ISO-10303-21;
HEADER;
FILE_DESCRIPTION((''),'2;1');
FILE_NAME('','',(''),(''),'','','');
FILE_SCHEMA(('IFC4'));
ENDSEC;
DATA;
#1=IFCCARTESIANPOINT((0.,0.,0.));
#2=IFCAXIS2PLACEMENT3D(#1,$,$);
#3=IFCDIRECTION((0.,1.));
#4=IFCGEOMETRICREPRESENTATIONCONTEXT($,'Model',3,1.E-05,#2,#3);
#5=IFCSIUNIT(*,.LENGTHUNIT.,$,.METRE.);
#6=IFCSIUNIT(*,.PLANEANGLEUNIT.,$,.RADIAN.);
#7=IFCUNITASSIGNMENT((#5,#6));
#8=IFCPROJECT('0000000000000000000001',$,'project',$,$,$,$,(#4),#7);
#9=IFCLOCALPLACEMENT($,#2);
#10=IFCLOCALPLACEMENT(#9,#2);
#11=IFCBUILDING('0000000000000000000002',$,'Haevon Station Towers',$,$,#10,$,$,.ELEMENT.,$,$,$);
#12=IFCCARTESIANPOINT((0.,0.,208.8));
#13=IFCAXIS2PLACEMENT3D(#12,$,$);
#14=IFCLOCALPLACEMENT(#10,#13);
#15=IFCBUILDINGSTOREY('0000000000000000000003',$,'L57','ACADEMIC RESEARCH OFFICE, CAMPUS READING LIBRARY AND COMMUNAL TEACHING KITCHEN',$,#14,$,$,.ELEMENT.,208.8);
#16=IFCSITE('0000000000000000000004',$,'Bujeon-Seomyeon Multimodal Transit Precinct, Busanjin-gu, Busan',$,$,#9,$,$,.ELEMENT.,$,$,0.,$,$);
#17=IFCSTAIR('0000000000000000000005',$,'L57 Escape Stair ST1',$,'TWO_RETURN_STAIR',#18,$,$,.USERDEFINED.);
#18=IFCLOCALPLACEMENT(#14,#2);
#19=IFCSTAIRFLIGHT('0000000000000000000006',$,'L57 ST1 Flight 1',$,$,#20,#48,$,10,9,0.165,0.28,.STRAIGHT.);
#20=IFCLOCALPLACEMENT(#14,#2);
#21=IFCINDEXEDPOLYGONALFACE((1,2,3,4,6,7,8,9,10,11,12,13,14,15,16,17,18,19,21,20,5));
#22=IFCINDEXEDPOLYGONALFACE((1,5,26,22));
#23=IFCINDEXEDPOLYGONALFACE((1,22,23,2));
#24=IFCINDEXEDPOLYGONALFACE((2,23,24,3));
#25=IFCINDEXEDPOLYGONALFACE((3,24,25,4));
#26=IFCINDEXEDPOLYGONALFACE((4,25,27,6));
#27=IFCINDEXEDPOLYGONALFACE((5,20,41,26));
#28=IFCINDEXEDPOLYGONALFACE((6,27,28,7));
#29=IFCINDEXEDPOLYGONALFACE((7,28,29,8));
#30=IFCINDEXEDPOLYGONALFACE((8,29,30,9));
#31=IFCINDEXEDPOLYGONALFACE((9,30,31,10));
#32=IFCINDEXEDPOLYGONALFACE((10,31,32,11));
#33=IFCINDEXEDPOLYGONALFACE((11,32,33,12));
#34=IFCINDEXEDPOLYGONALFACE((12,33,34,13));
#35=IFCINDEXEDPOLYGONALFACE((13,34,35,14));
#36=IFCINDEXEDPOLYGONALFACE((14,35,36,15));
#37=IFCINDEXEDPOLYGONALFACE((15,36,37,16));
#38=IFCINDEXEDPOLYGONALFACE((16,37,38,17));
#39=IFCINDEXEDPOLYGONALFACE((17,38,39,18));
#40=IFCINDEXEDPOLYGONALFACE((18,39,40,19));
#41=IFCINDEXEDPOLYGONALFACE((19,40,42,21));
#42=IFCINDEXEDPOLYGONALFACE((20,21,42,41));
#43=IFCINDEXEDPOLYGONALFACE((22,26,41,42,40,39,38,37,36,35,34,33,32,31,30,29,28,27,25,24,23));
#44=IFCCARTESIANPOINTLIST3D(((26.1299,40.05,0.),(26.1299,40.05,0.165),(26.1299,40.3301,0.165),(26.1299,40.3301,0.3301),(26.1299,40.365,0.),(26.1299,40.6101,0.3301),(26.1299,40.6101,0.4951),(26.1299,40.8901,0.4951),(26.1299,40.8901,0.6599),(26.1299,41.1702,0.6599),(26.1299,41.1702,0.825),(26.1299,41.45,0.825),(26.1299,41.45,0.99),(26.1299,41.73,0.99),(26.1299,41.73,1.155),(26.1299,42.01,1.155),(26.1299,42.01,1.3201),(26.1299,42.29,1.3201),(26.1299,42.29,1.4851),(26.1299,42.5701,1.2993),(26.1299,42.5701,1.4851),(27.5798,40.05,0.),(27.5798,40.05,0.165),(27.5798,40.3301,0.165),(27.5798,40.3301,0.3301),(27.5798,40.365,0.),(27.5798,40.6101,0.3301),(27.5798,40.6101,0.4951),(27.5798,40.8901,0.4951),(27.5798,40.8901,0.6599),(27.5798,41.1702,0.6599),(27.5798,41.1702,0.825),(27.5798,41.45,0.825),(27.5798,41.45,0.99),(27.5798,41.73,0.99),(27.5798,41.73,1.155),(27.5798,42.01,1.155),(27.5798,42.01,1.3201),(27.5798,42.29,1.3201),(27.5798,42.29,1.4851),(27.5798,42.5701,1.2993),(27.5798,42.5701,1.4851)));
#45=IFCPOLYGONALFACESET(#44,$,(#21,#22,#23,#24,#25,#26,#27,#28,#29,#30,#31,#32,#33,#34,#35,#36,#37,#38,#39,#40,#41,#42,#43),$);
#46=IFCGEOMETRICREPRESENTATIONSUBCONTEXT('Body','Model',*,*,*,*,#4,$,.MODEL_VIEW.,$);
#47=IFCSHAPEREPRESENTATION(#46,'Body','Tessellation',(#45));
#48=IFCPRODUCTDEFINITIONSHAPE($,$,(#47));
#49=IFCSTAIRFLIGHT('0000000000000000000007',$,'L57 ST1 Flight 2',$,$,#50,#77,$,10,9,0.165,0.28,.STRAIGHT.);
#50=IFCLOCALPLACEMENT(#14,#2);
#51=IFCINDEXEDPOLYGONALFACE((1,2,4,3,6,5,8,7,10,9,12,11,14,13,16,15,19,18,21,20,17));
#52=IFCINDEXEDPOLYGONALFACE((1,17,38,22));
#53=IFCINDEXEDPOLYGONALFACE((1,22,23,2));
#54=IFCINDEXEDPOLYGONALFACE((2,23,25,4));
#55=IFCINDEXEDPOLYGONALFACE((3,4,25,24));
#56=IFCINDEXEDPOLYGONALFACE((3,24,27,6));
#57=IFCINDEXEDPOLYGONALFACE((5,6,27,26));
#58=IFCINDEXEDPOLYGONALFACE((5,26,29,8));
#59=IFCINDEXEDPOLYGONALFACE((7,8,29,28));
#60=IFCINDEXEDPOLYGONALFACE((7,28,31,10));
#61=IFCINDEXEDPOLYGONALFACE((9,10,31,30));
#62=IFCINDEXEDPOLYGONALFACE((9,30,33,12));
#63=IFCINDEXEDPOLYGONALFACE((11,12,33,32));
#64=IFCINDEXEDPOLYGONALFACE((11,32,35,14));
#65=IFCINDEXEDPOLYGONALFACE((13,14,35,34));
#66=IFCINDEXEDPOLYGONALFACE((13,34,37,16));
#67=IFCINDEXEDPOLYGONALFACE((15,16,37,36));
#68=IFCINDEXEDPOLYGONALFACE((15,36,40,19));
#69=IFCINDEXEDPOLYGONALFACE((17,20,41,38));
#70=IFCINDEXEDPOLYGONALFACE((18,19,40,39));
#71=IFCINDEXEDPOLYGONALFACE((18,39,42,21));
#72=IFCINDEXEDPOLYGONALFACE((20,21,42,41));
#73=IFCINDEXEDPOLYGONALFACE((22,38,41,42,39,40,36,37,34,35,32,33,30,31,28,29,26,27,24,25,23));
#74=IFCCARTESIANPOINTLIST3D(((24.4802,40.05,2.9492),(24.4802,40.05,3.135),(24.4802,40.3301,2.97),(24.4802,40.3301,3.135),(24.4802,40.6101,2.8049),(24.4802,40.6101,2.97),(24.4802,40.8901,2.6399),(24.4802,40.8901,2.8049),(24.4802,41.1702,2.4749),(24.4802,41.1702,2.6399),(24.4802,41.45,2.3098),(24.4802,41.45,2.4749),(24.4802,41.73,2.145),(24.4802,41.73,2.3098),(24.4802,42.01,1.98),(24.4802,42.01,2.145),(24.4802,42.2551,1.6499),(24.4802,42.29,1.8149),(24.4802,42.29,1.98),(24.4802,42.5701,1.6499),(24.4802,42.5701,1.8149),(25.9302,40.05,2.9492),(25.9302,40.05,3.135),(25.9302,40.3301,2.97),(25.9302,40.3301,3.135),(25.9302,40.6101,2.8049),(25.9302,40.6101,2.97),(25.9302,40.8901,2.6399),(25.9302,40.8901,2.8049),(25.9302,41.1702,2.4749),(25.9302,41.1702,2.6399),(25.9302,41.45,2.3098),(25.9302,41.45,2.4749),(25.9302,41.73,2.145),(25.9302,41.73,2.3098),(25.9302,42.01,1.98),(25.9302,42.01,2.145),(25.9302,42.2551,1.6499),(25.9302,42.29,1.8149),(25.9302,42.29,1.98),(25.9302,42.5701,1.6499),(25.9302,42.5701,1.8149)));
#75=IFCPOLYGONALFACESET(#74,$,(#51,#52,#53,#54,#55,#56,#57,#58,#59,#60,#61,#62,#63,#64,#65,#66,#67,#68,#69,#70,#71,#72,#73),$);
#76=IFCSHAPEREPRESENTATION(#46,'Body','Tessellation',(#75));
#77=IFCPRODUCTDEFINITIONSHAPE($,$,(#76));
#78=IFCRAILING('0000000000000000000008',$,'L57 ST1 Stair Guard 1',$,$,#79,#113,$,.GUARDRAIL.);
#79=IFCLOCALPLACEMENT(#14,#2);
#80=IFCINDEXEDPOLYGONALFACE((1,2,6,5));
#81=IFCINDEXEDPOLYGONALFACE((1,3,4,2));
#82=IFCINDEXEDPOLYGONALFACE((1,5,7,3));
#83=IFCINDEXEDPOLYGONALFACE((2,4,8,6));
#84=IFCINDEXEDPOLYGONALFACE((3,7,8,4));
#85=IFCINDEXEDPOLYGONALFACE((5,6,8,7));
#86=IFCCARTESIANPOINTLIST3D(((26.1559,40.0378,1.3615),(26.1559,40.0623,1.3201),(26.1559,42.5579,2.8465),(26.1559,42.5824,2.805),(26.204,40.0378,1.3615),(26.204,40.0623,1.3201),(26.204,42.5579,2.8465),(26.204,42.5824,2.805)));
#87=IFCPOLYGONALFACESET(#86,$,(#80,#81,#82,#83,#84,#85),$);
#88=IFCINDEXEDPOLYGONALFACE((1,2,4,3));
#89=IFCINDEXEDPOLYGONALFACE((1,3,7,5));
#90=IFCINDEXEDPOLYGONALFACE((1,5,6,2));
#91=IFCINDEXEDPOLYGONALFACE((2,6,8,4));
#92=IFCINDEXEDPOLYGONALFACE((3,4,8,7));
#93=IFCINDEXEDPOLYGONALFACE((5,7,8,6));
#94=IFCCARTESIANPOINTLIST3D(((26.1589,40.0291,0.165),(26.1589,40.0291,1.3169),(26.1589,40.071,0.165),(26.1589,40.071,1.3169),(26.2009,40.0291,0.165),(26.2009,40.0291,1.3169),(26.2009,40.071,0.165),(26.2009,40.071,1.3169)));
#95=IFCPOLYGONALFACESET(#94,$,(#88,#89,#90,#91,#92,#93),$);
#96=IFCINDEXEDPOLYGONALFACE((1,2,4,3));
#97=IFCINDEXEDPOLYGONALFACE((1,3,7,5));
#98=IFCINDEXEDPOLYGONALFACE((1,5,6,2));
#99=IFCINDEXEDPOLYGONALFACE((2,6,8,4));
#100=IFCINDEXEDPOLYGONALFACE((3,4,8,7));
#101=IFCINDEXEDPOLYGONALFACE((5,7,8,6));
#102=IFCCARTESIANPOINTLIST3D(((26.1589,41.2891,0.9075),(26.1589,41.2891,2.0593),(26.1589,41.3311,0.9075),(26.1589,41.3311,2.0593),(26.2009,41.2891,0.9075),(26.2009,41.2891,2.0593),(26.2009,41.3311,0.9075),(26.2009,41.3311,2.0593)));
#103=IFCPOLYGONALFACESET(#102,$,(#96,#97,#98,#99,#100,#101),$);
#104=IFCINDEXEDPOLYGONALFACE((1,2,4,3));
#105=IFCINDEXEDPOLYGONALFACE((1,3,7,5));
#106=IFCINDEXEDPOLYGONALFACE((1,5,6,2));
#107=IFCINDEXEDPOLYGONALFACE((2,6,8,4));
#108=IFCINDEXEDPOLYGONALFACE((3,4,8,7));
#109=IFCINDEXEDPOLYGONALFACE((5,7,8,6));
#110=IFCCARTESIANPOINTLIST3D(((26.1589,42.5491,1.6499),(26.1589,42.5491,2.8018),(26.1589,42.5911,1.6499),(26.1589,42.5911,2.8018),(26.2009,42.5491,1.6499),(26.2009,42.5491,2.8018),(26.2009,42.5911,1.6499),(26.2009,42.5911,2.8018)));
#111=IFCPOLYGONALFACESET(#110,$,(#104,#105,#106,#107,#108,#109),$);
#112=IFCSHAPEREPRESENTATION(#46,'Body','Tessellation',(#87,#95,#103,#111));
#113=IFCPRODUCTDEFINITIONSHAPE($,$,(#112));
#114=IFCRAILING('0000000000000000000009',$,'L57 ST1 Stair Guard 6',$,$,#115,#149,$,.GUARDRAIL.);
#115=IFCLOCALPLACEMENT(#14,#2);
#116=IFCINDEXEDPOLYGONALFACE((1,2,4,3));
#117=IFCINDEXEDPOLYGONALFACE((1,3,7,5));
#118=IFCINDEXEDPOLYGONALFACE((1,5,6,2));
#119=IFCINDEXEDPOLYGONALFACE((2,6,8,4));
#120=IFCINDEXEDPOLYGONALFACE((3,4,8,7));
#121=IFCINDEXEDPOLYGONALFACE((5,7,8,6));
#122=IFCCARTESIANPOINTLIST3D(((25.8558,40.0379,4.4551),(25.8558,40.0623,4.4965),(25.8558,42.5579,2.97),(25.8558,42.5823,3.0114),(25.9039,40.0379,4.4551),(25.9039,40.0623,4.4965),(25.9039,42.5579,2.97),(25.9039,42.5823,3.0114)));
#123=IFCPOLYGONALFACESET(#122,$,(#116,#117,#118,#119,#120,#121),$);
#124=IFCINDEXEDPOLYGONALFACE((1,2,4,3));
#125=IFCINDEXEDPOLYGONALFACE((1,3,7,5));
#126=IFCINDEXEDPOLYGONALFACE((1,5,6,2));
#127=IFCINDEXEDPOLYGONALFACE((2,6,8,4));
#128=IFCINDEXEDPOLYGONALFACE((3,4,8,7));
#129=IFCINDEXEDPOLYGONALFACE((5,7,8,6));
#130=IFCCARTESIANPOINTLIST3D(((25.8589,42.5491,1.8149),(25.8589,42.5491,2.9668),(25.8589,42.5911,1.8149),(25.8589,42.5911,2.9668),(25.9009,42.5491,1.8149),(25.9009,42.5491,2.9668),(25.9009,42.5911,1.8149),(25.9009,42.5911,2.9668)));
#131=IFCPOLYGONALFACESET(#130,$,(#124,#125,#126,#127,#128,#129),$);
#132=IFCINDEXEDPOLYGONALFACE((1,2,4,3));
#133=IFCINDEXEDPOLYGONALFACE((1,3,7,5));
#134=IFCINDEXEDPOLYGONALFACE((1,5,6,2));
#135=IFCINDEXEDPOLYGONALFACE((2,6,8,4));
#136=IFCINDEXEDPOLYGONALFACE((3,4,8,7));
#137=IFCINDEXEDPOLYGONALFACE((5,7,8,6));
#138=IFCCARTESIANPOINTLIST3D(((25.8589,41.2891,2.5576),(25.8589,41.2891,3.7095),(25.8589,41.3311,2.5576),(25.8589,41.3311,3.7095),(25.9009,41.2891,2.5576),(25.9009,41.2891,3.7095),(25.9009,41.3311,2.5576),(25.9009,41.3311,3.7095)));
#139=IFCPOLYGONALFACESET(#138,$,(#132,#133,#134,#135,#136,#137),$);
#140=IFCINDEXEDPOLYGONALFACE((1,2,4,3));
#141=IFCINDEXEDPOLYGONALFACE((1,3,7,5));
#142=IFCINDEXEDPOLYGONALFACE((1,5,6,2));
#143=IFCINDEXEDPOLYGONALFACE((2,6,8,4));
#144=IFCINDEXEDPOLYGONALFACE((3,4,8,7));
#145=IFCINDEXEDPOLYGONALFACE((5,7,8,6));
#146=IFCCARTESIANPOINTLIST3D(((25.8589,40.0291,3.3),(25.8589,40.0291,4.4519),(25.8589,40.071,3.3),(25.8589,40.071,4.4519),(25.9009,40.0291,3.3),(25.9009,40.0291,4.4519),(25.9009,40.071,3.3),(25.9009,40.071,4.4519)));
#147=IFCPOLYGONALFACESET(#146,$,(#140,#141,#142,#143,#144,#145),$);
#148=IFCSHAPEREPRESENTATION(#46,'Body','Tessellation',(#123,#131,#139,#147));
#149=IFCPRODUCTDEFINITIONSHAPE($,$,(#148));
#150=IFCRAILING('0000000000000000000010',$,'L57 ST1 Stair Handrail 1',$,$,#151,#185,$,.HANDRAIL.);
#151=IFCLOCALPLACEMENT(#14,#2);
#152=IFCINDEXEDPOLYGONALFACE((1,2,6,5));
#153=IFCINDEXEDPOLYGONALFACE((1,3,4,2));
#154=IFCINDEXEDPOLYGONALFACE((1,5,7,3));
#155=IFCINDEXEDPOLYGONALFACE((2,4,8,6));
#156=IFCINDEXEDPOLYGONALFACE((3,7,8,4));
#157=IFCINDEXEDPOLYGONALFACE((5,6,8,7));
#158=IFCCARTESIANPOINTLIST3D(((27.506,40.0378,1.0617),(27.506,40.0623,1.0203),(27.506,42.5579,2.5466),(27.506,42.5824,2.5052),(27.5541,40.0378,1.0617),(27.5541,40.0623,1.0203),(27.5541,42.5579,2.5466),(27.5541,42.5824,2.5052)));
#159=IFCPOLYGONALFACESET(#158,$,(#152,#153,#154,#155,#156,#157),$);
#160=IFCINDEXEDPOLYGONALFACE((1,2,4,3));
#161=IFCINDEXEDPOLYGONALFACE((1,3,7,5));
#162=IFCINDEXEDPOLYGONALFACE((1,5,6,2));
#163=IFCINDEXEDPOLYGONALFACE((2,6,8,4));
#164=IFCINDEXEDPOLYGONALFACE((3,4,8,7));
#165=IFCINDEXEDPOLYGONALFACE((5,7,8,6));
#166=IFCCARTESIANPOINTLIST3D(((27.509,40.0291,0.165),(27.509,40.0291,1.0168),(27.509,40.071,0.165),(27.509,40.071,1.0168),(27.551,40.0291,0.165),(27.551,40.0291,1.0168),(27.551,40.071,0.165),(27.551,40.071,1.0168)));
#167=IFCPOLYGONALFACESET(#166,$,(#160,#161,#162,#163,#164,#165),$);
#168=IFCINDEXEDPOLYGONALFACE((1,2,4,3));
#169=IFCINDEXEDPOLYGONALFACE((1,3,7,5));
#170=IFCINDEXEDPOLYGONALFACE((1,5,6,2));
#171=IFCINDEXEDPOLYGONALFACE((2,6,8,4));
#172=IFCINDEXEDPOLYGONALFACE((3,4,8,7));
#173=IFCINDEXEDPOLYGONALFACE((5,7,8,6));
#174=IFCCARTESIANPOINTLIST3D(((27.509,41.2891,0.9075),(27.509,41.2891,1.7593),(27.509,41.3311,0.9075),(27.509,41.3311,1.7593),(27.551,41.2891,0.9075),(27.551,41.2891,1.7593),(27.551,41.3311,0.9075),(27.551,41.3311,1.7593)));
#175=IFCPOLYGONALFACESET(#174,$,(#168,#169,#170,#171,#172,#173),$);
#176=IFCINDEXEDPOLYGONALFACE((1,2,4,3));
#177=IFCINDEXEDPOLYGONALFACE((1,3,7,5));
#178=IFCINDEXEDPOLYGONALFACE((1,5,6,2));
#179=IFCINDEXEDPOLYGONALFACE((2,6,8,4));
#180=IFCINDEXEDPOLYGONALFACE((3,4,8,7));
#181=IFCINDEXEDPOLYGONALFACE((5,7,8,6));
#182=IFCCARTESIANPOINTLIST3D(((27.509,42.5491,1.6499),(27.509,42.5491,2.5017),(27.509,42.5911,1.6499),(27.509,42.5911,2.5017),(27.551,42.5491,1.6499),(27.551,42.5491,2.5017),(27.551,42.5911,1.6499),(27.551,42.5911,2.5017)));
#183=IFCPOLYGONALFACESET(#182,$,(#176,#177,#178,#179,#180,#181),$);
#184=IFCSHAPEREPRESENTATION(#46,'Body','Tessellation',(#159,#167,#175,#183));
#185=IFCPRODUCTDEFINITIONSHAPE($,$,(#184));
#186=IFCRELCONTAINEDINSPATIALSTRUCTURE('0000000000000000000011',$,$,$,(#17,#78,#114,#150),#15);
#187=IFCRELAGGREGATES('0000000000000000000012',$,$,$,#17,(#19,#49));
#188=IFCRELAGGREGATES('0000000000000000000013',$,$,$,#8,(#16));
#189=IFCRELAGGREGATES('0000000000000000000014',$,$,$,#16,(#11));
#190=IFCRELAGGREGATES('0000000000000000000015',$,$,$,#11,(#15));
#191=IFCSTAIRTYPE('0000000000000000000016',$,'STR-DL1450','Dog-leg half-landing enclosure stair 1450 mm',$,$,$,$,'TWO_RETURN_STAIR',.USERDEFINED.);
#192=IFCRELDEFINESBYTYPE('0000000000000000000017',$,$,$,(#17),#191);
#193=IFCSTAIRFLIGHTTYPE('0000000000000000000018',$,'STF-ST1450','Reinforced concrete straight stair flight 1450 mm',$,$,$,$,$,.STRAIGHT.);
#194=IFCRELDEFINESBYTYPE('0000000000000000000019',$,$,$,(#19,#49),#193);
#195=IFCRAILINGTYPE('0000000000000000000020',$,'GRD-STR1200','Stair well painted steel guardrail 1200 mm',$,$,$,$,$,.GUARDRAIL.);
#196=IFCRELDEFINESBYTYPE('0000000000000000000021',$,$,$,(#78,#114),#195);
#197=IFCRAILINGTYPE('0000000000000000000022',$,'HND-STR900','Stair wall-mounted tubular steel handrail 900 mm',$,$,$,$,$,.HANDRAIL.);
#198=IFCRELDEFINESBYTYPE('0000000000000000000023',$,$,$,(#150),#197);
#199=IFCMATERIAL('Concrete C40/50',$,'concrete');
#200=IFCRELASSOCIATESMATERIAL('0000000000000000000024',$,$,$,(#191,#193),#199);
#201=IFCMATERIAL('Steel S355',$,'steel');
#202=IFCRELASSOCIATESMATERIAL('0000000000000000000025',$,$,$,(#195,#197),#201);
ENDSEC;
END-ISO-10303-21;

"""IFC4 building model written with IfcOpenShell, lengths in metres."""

from ifc_helpers import new_model, si_unit, direction, frame, origin, origin_2d, place, context, subcontext, project, spatial, polyline, rectangle, outline, extrude, material, type_object, element, aggregate, save


model = new_model("IFC4")

# Units and contexts
model_context = context("Model", 3, precision=1e-05, world=origin(), true_north=direction((0.0, 1.0)))
body_context = subcontext(model_context, "Body", "Model", "MODEL_VIEW")
ifc_project = project(units=[si_unit("LENGTHUNIT", "METRE"), si_unit("PLANEANGLEUNIT", "RADIAN")], contexts=[model_context])

# Site, building, storey
site_placement = place(None, origin())
site = spatial("IfcSite", under=ifc_project, at=site_placement, Name="Bujeon-Seomyeon Multimodal Transit Precinct, Busanjin-gu, Busan", CompositionType="ELEMENT", RefElevation=0.0)
building_placement = place(site_placement, origin())
building = spatial("IfcBuilding", under=site, at=building_placement, Name="Haevon Station Towers", CompositionType="ELEMENT")
storey_placement = place(building_placement, frame((0.0, 0.0, 208.8)))
storey = spatial("IfcBuildingStorey", under=building, at=storey_placement, Name="L57", Description="ACADEMIC RESEARCH OFFICE, CAMPUS READING LIBRARY AND COMMUNAL TEACHING KITCHEN", CompositionType="ELEMENT", Elevation=208.8)

# Stair, stair flights
ifc_material_1 = material(Name="Concrete C40/50", Category="concrete")
stair_type = type_object("IfcStairType", Name="STR-DL1450", Description="Dog-leg half-landing enclosure stair 1450 mm", ElementType="TWO_RETURN_STAIR", PredefinedType="USERDEFINED", material=ifc_material_1)
stair_placement = place(storey_placement, origin())
stair = element("IfcStair", 1, at=stair_placement, inside=storey, type_object=stair_type, Name="L57 Escape Stair ST1", ObjectType="TWO_RETURN_STAIR", PredefinedType="USERDEFINED")
stair_flight_type = type_object("IfcStairFlightType", Name="STF-ST1450", Description="Reinforced concrete straight stair flight 1450 mm", PredefinedType="STRAIGHT", material=ifc_material_1)
stair_flight_1_placement = place(storey_placement, frame((26.855, 40.05, 0.0), z_axis=(0.0, 0.0, 1.0), x_axis=(0.0, 1.0, 0.0)))
stair_flight_1 = element("IfcStairFlight", 2, at=stair_flight_1_placement, type_object=stair_flight_type, Name="L57 ST1 Flight 1", NumberOfRisers=10, NumberOfTreads=9, PredefinedType="STRAIGHT", RiserHeight=0.165, TreadLength=0.28, context=body_context, shape_type="SweptSolid", body=[
    extrude(outline(polyline([(0.0, 0.0), (0.0, 0.165), (0.28, 0.165), (0.28, 0.3301), (0.5601, 0.3301), (0.5601, 0.4951), (0.8401, 0.4951), (0.8401, 0.6599), (1.1201, 0.6599), (1.1201, 0.825), (1.3999, 0.825), (1.3999, 0.99), (1.6799, 0.99), (1.6799, 1.155), (1.96, 1.155), (1.96, 1.3201), (2.24, 1.3201), (2.24, 1.4851), (2.52, 1.4851), (2.52, 1.6499), (2.52, 1.2993), (0.3149, 0.0), (0.0, 0.0)])), frame((0.0, 0.7251, 0.0), z_axis=(0.0, -1.0, 0.0), x_axis=(1.0, 0.0, 0.0)), (0.0, 0.0, 1.0), 1.45),
])
stair_flight_2_placement = place(storey_placement, frame((25.2051, 42.5701, 1.6499), z_axis=(0.0, 0.0, 1.0), x_axis=(0.0, -1.0, 0.0)))
stair_flight_2 = element("IfcStairFlight", 3, at=stair_flight_2_placement, type_object=stair_flight_type, Name="L57 ST1 Flight 2", NumberOfRisers=10, NumberOfTreads=9, PredefinedType="STRAIGHT", RiserHeight=0.165, TreadLength=0.28, context=body_context, shape_type="SweptSolid", body=[
    extrude(outline(polyline([(0.0, 0.0), (0.0, 0.165), (0.28, 0.165), (0.28, 0.3301), (0.5601, 0.3301), (0.5601, 0.4951), (0.8401, 0.4951), (0.8401, 0.6599), (1.1201, 0.6599), (1.1201, 0.825), (1.3999, 0.825), (1.3999, 0.99), (1.6799, 0.99), (1.6799, 1.155), (1.96, 1.155), (1.96, 1.3201), (2.24, 1.3201), (2.24, 1.4851), (2.52, 1.4851), (2.52, 1.6499), (2.52, 1.2993), (0.3149, 0.0), (0.0, 0.0)])), frame((0.0, 0.7251, 0.0), z_axis=(0.0, -1.0, 0.0), x_axis=(1.0, 0.0, 0.0)), (0.0, 0.0, 1.0), 1.45),
])
aggregate(stair, [stair_flight_1, stair_flight_2])

# Railings
ifc_material_2 = material(Name="Steel S355", Category="steel")
railing_type_1 = type_object("IfcRailingType", Name="GRD-STR1200", Description="Stair well painted steel guardrail 1200 mm", PredefinedType="GUARDRAIL", material=ifc_material_2)
railing_1_placement = place(storey_placement, frame((26.1799, 40.05, 0.165)))
element("IfcRailing", 4, at=railing_1_placement, inside=storey, type_object=railing_type_1, Name="L57 ST1 Stair Guard 1", PredefinedType="GUARDRAIL", context=body_context, shape_type="SweptSolid", body=[
    extrude(rectangle(XDim=0.0481, YDim=0.0481, at=origin_2d()), frame((0.0, 0.0, 1.1758), z_axis=(0.0, 0.861561, 0.507655), x_axis=(-1.0, 0.0, 0.0)), (0.0, 0.0, 1.0), 2.925),
    extrude(rectangle(XDim=0.042, YDim=0.042, at=origin_2d()), origin(), (0.0, 0.0, 1.0), 1.1519),
    extrude(rectangle(XDim=0.042, YDim=0.042, at=origin_2d()), frame((0.0, 1.26, 0.7424)), (0.0, 0.0, 1.0), 1.1519),
    extrude(rectangle(XDim=0.042, YDim=0.042, at=origin_2d()), frame((0.0, 2.52, 1.4849)), (0.0, 0.0, 1.0), 1.1519),
])
railing_2_placement = place(storey_placement, frame((25.8799, 42.5701, 1.8149)))
element("IfcRailing", 5, at=railing_2_placement, inside=storey, type_object=railing_type_1, Name="L57 ST1 Stair Guard 6", PredefinedType="GUARDRAIL", context=body_context, shape_type="SweptSolid", body=[
    extrude(rectangle(XDim=0.0481, YDim=0.0481, at=origin_2d()), frame((0.0, 0.0, 1.1758), z_axis=(0.0, -0.861524, 0.507717), x_axis=(1.0, 0.0, 0.0)), (0.0, 0.0, 1.0), 2.925),
    extrude(rectangle(XDim=0.042, YDim=0.042, at=origin_2d()), origin(), (0.0, 0.0, 1.0), 1.1519),
    extrude(rectangle(XDim=0.042, YDim=0.042, at=origin_2d()), frame((0.0, -1.26, 0.7427)), (0.0, 0.0, 1.0), 1.1519),
    extrude(rectangle(XDim=0.042, YDim=0.042, at=origin_2d()), frame((0.0, -2.52, 1.4851)), (0.0, 0.0, 1.0), 1.1519),
])
railing_type_2 = type_object("IfcRailingType", Name="HND-STR900", Description="Stair wall-mounted tubular steel handrail 900 mm", PredefinedType="HANDRAIL", material=ifc_material_2)
railing_3_placement = place(storey_placement, frame((27.53, 40.05, 0.165)))
element("IfcRailing", 6, at=railing_3_placement, inside=storey, type_object=railing_type_2, Name="L57 ST1 Stair Handrail 1", PredefinedType="HANDRAIL", context=body_context, shape_type="SweptSolid", body=[
    extrude(rectangle(XDim=0.0481, YDim=0.0481, at=origin_2d()), frame((0.0, 0.0, 0.876), z_axis=(0.0, 0.861561, 0.507655), x_axis=(-1.0, 0.0, 0.0)), (0.0, 0.0, 1.0), 2.925),
    extrude(rectangle(XDim=0.042, YDim=0.042, at=origin_2d()), origin(), (0.0, 0.0, 1.0), 0.8518),
    extrude(rectangle(XDim=0.042, YDim=0.042, at=origin_2d()), frame((0.0, 1.26, 0.7424)), (0.0, 0.0, 1.0), 0.8518),
    extrude(rectangle(XDim=0.042, YDim=0.042, at=origin_2d()), frame((0.0, 2.52, 1.4849)), (0.0, 0.0, 1.0), 0.8518),
])

save(model, "model.ifc")
